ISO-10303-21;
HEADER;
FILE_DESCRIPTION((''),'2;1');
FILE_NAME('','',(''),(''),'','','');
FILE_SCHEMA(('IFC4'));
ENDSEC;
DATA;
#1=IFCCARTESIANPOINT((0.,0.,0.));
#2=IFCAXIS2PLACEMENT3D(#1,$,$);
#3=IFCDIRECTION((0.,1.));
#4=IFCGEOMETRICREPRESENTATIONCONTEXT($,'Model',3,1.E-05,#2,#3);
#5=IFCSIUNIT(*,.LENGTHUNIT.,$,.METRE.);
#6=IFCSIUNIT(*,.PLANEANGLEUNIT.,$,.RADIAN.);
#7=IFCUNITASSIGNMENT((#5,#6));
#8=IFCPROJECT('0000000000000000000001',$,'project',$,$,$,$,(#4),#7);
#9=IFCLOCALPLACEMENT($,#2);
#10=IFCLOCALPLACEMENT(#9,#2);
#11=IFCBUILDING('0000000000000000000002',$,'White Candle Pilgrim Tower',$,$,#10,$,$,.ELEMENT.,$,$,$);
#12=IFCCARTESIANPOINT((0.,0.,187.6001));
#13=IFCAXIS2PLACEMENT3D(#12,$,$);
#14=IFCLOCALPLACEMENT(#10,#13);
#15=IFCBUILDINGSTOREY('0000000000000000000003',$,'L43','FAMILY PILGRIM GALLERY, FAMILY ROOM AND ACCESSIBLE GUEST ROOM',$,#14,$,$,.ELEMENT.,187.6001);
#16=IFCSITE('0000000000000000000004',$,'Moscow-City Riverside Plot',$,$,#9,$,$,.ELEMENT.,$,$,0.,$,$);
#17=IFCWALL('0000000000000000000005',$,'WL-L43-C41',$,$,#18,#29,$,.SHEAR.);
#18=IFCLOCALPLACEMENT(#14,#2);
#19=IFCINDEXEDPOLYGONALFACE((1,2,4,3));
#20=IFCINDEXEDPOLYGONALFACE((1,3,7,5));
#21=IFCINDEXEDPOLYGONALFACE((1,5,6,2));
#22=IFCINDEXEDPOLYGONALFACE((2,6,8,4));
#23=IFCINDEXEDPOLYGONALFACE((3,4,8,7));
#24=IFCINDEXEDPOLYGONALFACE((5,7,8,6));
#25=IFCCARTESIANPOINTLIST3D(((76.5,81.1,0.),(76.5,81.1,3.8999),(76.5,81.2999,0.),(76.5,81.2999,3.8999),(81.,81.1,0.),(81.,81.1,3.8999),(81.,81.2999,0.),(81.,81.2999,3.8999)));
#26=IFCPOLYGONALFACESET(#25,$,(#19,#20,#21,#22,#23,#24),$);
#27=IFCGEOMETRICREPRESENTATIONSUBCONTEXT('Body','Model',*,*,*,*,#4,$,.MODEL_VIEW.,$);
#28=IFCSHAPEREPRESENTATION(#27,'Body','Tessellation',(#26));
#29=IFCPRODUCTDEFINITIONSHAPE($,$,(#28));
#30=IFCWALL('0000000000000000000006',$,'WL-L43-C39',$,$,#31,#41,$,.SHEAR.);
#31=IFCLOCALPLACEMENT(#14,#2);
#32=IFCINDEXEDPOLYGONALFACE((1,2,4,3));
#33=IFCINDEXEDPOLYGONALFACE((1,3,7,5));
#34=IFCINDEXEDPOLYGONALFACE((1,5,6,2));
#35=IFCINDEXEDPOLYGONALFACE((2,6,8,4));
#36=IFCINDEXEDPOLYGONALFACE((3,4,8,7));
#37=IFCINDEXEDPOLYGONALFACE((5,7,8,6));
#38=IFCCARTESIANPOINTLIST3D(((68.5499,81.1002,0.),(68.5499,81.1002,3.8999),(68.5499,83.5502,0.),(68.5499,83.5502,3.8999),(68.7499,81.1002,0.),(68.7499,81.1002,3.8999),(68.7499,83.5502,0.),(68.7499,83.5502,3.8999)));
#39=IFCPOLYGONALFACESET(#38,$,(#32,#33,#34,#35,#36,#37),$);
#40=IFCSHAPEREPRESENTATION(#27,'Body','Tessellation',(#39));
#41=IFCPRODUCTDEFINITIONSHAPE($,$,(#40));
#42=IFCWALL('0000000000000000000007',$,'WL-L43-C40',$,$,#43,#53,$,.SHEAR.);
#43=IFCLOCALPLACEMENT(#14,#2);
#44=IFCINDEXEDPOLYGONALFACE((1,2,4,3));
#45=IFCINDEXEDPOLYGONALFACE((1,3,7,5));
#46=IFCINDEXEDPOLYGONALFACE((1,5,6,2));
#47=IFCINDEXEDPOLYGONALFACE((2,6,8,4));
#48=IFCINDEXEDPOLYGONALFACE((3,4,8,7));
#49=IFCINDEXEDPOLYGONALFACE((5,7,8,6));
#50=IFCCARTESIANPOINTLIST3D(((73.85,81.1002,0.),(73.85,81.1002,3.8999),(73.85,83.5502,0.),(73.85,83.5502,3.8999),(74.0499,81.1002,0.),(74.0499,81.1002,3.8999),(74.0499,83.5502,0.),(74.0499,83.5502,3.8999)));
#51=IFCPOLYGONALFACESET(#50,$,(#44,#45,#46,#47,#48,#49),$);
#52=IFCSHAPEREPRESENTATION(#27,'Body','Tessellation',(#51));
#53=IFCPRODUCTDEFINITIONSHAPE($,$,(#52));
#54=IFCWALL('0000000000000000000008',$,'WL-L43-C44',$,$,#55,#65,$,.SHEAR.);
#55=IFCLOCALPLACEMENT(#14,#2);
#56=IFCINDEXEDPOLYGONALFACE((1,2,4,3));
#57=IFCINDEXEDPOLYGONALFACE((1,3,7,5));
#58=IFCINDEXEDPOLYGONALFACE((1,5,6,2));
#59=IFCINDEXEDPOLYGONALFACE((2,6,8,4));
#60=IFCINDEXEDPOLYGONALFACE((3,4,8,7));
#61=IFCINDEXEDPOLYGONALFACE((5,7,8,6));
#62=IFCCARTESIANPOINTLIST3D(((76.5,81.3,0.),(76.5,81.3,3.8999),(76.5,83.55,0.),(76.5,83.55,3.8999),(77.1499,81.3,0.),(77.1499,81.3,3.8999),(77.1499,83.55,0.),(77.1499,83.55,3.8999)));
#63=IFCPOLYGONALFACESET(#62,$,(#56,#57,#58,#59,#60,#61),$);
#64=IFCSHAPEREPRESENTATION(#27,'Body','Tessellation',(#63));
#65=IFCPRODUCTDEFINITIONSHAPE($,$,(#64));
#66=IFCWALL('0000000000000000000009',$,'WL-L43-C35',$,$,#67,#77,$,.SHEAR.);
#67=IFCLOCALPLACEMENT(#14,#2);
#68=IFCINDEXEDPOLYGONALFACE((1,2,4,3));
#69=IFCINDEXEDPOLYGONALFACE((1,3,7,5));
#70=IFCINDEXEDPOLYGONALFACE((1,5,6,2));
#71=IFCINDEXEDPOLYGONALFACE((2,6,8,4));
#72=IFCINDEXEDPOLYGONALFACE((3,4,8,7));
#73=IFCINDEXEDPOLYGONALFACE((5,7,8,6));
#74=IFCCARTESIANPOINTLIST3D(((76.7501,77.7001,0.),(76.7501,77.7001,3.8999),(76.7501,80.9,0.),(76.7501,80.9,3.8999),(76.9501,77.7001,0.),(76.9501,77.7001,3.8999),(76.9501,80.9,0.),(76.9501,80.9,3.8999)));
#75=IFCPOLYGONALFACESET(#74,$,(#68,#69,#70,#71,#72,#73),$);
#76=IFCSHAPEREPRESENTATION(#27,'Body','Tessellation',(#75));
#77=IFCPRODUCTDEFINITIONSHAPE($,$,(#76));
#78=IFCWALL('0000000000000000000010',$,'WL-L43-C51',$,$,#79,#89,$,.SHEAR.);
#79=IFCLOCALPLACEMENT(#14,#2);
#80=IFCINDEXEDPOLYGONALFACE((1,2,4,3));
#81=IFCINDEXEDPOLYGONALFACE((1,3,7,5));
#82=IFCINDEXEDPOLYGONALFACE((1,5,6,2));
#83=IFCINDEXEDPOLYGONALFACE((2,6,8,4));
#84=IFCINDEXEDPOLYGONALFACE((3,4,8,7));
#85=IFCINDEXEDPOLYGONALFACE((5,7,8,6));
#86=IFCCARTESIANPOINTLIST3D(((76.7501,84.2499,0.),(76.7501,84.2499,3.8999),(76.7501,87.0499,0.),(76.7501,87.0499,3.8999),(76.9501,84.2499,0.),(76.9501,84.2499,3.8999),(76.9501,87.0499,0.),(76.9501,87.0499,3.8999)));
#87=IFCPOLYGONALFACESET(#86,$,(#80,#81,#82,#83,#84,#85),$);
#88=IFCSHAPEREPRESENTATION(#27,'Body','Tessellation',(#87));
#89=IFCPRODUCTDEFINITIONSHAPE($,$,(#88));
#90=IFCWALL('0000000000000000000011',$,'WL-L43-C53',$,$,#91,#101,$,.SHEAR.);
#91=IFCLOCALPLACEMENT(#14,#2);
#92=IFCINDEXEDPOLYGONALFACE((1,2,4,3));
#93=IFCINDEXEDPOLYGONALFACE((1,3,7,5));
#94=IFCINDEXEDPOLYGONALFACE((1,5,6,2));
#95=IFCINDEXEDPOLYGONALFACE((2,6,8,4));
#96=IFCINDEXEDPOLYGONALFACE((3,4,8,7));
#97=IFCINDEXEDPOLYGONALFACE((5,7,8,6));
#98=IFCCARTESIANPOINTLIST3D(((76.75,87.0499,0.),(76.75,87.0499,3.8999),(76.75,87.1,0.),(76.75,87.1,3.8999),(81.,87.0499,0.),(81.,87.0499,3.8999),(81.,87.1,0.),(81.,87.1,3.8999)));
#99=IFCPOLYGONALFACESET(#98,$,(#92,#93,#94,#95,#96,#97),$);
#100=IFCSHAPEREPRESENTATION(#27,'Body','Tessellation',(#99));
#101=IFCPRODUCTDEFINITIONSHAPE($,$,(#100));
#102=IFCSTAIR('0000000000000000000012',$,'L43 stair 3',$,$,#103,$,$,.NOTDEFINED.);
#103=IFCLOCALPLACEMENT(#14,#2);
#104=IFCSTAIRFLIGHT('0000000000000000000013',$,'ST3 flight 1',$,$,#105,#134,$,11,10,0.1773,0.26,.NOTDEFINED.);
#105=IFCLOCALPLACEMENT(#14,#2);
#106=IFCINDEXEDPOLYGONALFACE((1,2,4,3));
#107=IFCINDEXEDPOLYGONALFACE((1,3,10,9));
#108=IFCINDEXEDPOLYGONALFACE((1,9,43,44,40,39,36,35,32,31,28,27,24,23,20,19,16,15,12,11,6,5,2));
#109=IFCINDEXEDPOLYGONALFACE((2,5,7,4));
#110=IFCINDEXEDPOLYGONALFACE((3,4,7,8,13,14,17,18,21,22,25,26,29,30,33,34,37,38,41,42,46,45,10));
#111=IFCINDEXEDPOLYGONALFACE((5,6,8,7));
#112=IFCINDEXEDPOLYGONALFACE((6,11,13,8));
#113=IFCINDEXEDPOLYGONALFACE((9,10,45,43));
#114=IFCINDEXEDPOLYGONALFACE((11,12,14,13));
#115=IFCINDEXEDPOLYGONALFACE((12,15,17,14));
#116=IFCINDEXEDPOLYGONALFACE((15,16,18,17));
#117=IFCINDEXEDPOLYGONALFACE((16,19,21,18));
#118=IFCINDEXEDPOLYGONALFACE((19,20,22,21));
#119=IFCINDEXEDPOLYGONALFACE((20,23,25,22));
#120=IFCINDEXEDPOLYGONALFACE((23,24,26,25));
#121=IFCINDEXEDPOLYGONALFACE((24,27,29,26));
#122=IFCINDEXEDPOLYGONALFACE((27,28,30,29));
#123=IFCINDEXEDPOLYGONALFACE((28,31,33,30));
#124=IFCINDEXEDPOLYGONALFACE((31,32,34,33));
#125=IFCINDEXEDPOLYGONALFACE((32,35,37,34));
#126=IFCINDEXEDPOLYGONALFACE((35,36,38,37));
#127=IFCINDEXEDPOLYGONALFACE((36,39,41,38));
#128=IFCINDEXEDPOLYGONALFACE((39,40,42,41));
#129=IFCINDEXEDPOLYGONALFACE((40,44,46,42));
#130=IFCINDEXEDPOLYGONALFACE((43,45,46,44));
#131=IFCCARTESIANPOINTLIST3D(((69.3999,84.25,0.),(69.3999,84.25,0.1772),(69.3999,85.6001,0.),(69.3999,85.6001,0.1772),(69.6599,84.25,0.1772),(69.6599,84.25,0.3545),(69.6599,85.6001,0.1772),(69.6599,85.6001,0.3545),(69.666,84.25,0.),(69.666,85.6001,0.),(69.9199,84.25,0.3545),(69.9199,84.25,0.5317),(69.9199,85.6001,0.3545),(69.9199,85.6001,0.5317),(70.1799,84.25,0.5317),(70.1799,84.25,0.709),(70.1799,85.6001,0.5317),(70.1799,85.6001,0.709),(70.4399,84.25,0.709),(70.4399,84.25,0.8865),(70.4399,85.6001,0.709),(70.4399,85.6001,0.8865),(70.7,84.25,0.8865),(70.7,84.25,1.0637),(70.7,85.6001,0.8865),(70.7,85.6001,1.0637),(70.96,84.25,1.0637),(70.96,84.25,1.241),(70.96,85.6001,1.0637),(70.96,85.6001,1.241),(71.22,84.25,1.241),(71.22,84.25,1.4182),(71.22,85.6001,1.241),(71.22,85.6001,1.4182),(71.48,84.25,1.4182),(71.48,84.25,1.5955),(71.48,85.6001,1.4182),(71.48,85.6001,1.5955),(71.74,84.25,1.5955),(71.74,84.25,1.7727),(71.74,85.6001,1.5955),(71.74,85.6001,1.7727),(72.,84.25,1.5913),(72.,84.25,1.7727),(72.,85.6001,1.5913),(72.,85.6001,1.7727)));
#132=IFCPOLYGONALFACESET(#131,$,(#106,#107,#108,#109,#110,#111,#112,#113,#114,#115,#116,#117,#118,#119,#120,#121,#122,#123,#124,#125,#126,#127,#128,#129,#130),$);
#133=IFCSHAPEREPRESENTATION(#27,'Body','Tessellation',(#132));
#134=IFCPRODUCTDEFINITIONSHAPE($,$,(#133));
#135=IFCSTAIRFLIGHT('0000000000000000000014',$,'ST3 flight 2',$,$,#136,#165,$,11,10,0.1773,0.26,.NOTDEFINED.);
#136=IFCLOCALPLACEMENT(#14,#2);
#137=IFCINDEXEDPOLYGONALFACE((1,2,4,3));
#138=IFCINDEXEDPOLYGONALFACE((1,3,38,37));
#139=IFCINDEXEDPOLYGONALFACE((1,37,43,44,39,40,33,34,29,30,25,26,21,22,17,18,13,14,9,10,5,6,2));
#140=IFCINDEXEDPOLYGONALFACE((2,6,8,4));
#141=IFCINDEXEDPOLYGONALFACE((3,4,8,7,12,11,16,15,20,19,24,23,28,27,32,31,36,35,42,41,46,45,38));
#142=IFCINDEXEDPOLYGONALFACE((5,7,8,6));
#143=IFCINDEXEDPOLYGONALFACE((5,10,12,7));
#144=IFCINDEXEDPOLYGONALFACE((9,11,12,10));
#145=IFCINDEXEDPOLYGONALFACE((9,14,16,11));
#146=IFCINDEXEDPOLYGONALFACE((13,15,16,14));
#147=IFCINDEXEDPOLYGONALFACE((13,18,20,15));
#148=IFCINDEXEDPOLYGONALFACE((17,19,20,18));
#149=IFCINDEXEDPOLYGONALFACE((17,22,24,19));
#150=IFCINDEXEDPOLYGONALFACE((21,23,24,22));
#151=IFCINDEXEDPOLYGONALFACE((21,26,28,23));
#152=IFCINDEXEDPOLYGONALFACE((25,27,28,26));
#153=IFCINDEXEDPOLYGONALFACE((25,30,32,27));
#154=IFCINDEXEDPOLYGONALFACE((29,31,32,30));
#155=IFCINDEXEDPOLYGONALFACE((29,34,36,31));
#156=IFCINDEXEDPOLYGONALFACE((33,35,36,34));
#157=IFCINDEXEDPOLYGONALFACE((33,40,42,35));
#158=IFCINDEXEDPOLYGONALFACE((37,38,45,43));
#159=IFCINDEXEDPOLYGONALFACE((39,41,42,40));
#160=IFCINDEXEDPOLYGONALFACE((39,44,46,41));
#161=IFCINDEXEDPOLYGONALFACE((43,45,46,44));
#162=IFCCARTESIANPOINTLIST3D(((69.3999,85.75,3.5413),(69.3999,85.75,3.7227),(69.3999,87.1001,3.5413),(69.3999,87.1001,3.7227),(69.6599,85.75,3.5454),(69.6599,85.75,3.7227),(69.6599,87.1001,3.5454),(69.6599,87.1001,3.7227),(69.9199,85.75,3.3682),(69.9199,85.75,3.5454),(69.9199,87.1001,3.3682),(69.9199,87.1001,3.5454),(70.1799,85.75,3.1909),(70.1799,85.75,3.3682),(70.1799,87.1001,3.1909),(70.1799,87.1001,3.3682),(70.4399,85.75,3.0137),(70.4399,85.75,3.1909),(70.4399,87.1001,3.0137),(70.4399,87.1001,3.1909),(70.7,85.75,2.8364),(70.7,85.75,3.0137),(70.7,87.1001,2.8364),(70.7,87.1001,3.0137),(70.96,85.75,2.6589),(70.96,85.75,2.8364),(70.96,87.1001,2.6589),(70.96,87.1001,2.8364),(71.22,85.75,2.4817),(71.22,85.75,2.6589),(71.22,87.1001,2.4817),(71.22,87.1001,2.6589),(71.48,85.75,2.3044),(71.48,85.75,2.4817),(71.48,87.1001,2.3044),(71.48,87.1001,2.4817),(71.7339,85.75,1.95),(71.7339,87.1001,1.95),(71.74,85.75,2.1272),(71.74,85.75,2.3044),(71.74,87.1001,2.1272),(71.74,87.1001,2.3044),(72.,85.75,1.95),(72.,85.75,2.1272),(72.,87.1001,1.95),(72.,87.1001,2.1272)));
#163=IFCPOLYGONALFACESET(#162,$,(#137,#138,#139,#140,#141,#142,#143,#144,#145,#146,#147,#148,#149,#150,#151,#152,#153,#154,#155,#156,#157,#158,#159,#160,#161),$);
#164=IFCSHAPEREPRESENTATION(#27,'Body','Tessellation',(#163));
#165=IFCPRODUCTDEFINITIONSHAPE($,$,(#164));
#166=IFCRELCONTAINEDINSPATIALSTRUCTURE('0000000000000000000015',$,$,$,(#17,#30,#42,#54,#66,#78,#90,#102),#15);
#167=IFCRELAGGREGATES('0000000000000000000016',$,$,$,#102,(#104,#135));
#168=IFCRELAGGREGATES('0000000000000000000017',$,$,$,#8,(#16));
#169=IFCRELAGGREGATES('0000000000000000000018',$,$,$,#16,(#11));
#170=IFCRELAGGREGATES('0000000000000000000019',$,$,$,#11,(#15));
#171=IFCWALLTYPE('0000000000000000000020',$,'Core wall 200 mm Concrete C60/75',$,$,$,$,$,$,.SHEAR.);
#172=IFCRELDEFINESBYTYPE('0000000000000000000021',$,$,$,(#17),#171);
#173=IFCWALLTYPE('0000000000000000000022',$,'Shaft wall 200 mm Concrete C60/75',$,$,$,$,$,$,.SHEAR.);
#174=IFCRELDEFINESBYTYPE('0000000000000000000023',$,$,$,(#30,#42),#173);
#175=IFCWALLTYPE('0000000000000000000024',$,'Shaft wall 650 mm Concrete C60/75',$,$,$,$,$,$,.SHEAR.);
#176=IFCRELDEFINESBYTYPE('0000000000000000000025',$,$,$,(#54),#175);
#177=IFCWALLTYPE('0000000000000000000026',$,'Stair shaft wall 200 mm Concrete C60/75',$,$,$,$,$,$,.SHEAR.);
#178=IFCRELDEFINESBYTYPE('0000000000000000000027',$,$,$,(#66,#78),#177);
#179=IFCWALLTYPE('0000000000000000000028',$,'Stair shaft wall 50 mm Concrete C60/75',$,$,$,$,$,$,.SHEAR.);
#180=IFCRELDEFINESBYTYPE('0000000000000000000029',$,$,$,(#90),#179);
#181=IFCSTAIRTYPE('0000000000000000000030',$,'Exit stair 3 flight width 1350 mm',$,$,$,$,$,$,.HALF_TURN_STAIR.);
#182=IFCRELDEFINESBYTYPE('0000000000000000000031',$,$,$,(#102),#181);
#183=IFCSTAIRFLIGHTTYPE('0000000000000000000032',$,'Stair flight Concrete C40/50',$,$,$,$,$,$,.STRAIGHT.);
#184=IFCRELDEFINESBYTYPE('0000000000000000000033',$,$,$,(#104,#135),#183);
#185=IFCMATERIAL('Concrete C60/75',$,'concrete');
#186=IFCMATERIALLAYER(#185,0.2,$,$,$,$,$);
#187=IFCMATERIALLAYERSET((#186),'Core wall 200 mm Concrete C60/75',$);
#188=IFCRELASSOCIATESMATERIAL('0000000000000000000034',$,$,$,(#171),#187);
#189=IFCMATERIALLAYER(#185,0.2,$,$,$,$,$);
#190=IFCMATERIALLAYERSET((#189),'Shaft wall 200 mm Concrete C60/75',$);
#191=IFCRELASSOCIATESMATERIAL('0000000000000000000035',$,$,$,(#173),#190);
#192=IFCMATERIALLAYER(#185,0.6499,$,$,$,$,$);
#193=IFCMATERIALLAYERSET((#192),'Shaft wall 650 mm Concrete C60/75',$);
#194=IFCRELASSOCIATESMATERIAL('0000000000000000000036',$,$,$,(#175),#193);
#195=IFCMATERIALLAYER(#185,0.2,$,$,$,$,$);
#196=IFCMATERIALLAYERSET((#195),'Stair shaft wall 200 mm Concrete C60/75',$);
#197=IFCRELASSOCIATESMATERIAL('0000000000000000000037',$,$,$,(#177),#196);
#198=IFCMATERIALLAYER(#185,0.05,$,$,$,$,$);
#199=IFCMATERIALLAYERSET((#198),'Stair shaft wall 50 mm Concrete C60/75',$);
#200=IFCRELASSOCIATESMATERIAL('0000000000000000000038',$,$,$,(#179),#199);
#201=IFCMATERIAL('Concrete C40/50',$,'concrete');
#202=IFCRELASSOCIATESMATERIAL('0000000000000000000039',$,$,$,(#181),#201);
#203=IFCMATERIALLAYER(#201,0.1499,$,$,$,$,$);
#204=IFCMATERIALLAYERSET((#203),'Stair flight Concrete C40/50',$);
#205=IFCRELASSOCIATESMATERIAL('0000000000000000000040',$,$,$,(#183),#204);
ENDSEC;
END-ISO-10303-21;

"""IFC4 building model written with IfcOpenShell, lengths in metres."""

from ifc_helpers import new_model, si_unit, direction, frame, frame_2d, origin, place, context, subcontext, project, spatial, polyline, rectangle, outline, extrude, material, layer, layer_set, type_object, element, aggregate, save


model = new_model("IFC4")

# Units and contexts
model_context = context("Model", 3, precision=1e-05, world=origin(), true_north=direction((0.0, 1.0)))
body_context = subcontext(model_context, "Body", "Model", "MODEL_VIEW")
ifc_project = project(units=[si_unit("LENGTHUNIT", "METRE"), si_unit("PLANEANGLEUNIT", "RADIAN")], contexts=[model_context])

# Site, building, storey
site_placement = place(None, origin())
site = spatial("IfcSite", under=ifc_project, at=site_placement, Name="Moscow-City Riverside Plot", CompositionType="ELEMENT", RefElevation=0.0)
building_placement = place(site_placement, origin())
building = spatial("IfcBuilding", under=site, at=building_placement, Name="White Candle Pilgrim Tower", CompositionType="ELEMENT")
storey_placement = place(building_placement, frame((0.0, 0.0, 187.6001)))
storey = spatial("IfcBuildingStorey", under=building, at=storey_placement, Name="L43", Description="FAMILY PILGRIM GALLERY, FAMILY ROOM AND ACCESSIBLE GUEST ROOM", CompositionType="ELEMENT", Elevation=187.6001)

# Walls
ifc_material_1 = material(Name="Concrete C60/75", Category="concrete")
ifc_layer_1 = layer(ifc_material_1, 0.2)
ifc_layer_set_1 = layer_set([ifc_layer_1], Name="Core wall 200 mm Concrete C60/75")
wall_type_1 = type_object("IfcWallType", Name="Core wall 200 mm Concrete C60/75", PredefinedType="SHEAR", material=ifc_layer_set_1)
wall_1_placement = place(storey_placement, frame((76.5, 81.2, 0.0), z_axis=(0.0, 0.0, 1.0), x_axis=(1.0, 0.0, 0.0)))
element("IfcWall", 1, at=wall_1_placement, inside=storey, type_object=wall_type_1, Name="WL-L43-C41", PredefinedType="SHEAR", context=body_context, shape_type="SweptSolid", body=[
    extrude(rectangle(XDim=4.5, YDim=0.2, at=frame_2d((2.25, 0.0))), origin(), (0.0, 0.0, 1.0), 3.8999),
])
ifc_layer_2 = layer(ifc_material_1, 0.2)
ifc_layer_set_2 = layer_set([ifc_layer_2], Name="Shaft wall 200 mm Concrete C60/75")
wall_type_2 = type_object("IfcWallType", Name="Shaft wall 200 mm Concrete C60/75", PredefinedType="SHEAR", material=ifc_layer_set_2)
for number, where, z_axis, x_axis, name in (
    (2, (68.6499, 81.1001, 0.0), (0.0, 0.0, 1.0), (0.0, 1.0, 0.0), "WL-L43-C39"),
    (3, (73.95, 81.1001, 0.0), (0.0, 0.0, 1.0), (0.0, 1.0, 0.0), "WL-L43-C40"),
):
    element("IfcWall", number, at=place(storey_placement, frame(where, z_axis=z_axis, x_axis=x_axis)), inside=storey, type_object=wall_type_2, Name=name, PredefinedType="SHEAR", context=body_context, shape_type="SweptSolid", body=[
        extrude(rectangle(XDim=2.45, YDim=0.2, at=frame_2d((1.2251, 0.0))), origin(), (0.0, 0.0, 1.0), 3.8999),
    ])
ifc_layer_3 = layer(ifc_material_1, 0.6499)
ifc_layer_set_3 = layer_set([ifc_layer_3], Name="Shaft wall 650 mm Concrete C60/75")
wall_type_3 = type_object("IfcWallType", Name="Shaft wall 650 mm Concrete C60/75", PredefinedType="SHEAR", material=ifc_layer_set_3)
wall_2_placement = place(storey_placement, frame((76.825, 81.3, 0.0), z_axis=(0.0, 0.0, 1.0), x_axis=(0.0, 1.0, 0.0)))
element("IfcWall", 4, at=wall_2_placement, inside=storey, type_object=wall_type_3, Name="WL-L43-C44", PredefinedType="SHEAR", context=body_context, shape_type="SweptSolid", body=[
    extrude(rectangle(XDim=2.25, YDim=0.6499, at=frame_2d((1.125, 0.0))), origin(), (0.0, 0.0, 1.0), 3.8999),
])
ifc_layer_4 = layer(ifc_material_1, 0.2)
ifc_layer_set_4 = layer_set([ifc_layer_4], Name="Stair shaft wall 200 mm Concrete C60/75")
wall_type_4 = type_object("IfcWallType", Name="Stair shaft wall 200 mm Concrete C60/75", PredefinedType="SHEAR", material=ifc_layer_set_4)
wall_3_placement = place(storey_placement, frame((76.8501, 77.7, 0.0), z_axis=(0.0, 0.0, 1.0), x_axis=(0.0, 1.0, 0.0)))
element("IfcWall", 5, at=wall_3_placement, inside=storey, type_object=wall_type_4, Name="WL-L43-C35", PredefinedType="SHEAR", context=body_context, shape_type="SweptSolid", body=[
    extrude(rectangle(XDim=3.2, YDim=0.2, at=frame_2d((1.6001, 0.0))), origin(), (0.0, 0.0, 1.0), 3.8999),
])
wall_4_placement = place(storey_placement, frame((76.8501, 84.25, 0.0), z_axis=(0.0, 0.0, 1.0), x_axis=(0.0, 1.0, 0.0)))
element("IfcWall", 6, at=wall_4_placement, inside=storey, type_object=wall_type_4, Name="WL-L43-C51", PredefinedType="SHEAR", context=body_context, shape_type="SweptSolid", body=[
    extrude(rectangle(XDim=2.8, YDim=0.2, at=frame_2d((1.3999, 0.0))), origin(), (0.0, 0.0, 1.0), 3.8999),
])
ifc_layer_5 = layer(ifc_material_1, 0.05)
ifc_layer_set_5 = layer_set([ifc_layer_5], Name="Stair shaft wall 50 mm Concrete C60/75")
wall_type_5 = type_object("IfcWallType", Name="Stair shaft wall 50 mm Concrete C60/75", PredefinedType="SHEAR", material=ifc_layer_set_5)
wall_5_placement = place(storey_placement, frame((76.75, 87.075, 0.0), z_axis=(0.0, 0.0, 1.0), x_axis=(1.0, 0.0, 0.0)))
element("IfcWall", 7, at=wall_5_placement, inside=storey, type_object=wall_type_5, Name="WL-L43-C53", PredefinedType="SHEAR", context=body_context, shape_type="SweptSolid", body=[
    extrude(rectangle(XDim=4.25, YDim=0.05, at=frame_2d((2.125, 0.0))), origin(), (0.0, 0.0, 1.0), 3.8999),
])

# Stair, stair flights
ifc_material_2 = material(Name="Concrete C40/50", Category="concrete")
stair_type = type_object("IfcStairType", Name="Exit stair 3 flight width 1350 mm", PredefinedType="HALF_TURN_STAIR", material=ifc_material_2)
stair_placement = place(storey_placement, origin())
stair = element("IfcStair", 8, at=stair_placement, inside=storey, type_object=stair_type, Name="L43 stair 3", PredefinedType="NOTDEFINED")
ifc_layer_6 = layer(ifc_material_2, 0.1499)
ifc_layer_set_6 = layer_set([ifc_layer_6], Name="Stair flight Concrete C40/50")
stair_flight_type = type_object("IfcStairFlightType", Name="Stair flight Concrete C40/50", PredefinedType="STRAIGHT", material=ifc_layer_set_6)
stair_flight_1_placement = place(storey_placement, frame((69.3999, 84.925, 0.0), z_axis=(0.0, 0.0, 1.0), x_axis=(1.0, 0.0, 0.0)))
stair_flight_1 = element("IfcStairFlight", 9, at=stair_flight_1_placement, type_object=stair_flight_type, Name="ST3 flight 1", NumberOfRisers=11, NumberOfTreads=10, PredefinedType="NOTDEFINED", RiserHeight=0.1773, TreadLength=0.26, context=body_context, shape_type="SweptSolid", body=[
    extrude(outline(polyline([(0.0, 0.0), (0.0, 0.1772), (0.26, 0.1772), (0.26, 0.3545), (0.52, 0.3545), (0.52, 0.5317), (0.78, 0.5317), (0.78, 0.709), (1.04, 0.709), (1.04, 0.8865), (1.3, 0.8865), (1.3, 1.0637), (1.5601, 1.0637), (1.5601, 1.241), (1.8201, 1.241), (1.8201, 1.4182), (2.0801, 1.4182), (2.0801, 1.5955), (2.3401, 1.5955), (2.3401, 1.7727), (2.6001, 1.7727), (2.6001, 1.95), (2.6001, 1.5913), (0.2661, 0.0), (0.0, 0.0)])), frame((0.0, 0.675, 0.0), z_axis=(0.0, -1.0, 0.0), x_axis=(1.0, 0.0, 0.0)), (0.0, 0.0, 1.0), 1.3501),
])
stair_flight_2_placement = place(storey_placement, frame((72.0, 86.425, 1.95), z_axis=(0.0, 0.0, 1.0), x_axis=(-1.0, 0.0, 0.0)))
stair_flight_2 = element("IfcStairFlight", 10, at=stair_flight_2_placement, type_object=stair_flight_type, Name="ST3 flight 2", NumberOfRisers=11, NumberOfTreads=10, PredefinedType="NOTDEFINED", RiserHeight=0.1773, TreadLength=0.26, context=body_context, shape_type="SweptSolid", body=[
    extrude(outline(polyline([(0.0, 0.0), (0.0, 0.1772), (0.26, 0.1772), (0.26, 0.3545), (0.52, 0.3545), (0.52, 0.5317), (0.78, 0.5317), (0.78, 0.709), (1.04, 0.709), (1.04, 0.8865), (1.3, 0.8865), (1.3, 1.0637), (1.5601, 1.0637), (1.5601, 1.241), (1.8201, 1.241), (1.8201, 1.4182), (2.0801, 1.4182), (2.0801, 1.5955), (2.3401, 1.5955), (2.3401, 1.7727), (2.6001, 1.7727), (2.6001, 1.95), (2.6001, 1.5913), (0.2661, 0.0), (0.0, 0.0)])), frame((0.0, 0.675, 0.0), z_axis=(0.0, -1.0, 0.0), x_axis=(1.0, 0.0, 0.0)), (0.0, 0.0, 1.0), 1.3501),
])
aggregate(stair, [stair_flight_1, stair_flight_2])

save(model, "model.ifc")
